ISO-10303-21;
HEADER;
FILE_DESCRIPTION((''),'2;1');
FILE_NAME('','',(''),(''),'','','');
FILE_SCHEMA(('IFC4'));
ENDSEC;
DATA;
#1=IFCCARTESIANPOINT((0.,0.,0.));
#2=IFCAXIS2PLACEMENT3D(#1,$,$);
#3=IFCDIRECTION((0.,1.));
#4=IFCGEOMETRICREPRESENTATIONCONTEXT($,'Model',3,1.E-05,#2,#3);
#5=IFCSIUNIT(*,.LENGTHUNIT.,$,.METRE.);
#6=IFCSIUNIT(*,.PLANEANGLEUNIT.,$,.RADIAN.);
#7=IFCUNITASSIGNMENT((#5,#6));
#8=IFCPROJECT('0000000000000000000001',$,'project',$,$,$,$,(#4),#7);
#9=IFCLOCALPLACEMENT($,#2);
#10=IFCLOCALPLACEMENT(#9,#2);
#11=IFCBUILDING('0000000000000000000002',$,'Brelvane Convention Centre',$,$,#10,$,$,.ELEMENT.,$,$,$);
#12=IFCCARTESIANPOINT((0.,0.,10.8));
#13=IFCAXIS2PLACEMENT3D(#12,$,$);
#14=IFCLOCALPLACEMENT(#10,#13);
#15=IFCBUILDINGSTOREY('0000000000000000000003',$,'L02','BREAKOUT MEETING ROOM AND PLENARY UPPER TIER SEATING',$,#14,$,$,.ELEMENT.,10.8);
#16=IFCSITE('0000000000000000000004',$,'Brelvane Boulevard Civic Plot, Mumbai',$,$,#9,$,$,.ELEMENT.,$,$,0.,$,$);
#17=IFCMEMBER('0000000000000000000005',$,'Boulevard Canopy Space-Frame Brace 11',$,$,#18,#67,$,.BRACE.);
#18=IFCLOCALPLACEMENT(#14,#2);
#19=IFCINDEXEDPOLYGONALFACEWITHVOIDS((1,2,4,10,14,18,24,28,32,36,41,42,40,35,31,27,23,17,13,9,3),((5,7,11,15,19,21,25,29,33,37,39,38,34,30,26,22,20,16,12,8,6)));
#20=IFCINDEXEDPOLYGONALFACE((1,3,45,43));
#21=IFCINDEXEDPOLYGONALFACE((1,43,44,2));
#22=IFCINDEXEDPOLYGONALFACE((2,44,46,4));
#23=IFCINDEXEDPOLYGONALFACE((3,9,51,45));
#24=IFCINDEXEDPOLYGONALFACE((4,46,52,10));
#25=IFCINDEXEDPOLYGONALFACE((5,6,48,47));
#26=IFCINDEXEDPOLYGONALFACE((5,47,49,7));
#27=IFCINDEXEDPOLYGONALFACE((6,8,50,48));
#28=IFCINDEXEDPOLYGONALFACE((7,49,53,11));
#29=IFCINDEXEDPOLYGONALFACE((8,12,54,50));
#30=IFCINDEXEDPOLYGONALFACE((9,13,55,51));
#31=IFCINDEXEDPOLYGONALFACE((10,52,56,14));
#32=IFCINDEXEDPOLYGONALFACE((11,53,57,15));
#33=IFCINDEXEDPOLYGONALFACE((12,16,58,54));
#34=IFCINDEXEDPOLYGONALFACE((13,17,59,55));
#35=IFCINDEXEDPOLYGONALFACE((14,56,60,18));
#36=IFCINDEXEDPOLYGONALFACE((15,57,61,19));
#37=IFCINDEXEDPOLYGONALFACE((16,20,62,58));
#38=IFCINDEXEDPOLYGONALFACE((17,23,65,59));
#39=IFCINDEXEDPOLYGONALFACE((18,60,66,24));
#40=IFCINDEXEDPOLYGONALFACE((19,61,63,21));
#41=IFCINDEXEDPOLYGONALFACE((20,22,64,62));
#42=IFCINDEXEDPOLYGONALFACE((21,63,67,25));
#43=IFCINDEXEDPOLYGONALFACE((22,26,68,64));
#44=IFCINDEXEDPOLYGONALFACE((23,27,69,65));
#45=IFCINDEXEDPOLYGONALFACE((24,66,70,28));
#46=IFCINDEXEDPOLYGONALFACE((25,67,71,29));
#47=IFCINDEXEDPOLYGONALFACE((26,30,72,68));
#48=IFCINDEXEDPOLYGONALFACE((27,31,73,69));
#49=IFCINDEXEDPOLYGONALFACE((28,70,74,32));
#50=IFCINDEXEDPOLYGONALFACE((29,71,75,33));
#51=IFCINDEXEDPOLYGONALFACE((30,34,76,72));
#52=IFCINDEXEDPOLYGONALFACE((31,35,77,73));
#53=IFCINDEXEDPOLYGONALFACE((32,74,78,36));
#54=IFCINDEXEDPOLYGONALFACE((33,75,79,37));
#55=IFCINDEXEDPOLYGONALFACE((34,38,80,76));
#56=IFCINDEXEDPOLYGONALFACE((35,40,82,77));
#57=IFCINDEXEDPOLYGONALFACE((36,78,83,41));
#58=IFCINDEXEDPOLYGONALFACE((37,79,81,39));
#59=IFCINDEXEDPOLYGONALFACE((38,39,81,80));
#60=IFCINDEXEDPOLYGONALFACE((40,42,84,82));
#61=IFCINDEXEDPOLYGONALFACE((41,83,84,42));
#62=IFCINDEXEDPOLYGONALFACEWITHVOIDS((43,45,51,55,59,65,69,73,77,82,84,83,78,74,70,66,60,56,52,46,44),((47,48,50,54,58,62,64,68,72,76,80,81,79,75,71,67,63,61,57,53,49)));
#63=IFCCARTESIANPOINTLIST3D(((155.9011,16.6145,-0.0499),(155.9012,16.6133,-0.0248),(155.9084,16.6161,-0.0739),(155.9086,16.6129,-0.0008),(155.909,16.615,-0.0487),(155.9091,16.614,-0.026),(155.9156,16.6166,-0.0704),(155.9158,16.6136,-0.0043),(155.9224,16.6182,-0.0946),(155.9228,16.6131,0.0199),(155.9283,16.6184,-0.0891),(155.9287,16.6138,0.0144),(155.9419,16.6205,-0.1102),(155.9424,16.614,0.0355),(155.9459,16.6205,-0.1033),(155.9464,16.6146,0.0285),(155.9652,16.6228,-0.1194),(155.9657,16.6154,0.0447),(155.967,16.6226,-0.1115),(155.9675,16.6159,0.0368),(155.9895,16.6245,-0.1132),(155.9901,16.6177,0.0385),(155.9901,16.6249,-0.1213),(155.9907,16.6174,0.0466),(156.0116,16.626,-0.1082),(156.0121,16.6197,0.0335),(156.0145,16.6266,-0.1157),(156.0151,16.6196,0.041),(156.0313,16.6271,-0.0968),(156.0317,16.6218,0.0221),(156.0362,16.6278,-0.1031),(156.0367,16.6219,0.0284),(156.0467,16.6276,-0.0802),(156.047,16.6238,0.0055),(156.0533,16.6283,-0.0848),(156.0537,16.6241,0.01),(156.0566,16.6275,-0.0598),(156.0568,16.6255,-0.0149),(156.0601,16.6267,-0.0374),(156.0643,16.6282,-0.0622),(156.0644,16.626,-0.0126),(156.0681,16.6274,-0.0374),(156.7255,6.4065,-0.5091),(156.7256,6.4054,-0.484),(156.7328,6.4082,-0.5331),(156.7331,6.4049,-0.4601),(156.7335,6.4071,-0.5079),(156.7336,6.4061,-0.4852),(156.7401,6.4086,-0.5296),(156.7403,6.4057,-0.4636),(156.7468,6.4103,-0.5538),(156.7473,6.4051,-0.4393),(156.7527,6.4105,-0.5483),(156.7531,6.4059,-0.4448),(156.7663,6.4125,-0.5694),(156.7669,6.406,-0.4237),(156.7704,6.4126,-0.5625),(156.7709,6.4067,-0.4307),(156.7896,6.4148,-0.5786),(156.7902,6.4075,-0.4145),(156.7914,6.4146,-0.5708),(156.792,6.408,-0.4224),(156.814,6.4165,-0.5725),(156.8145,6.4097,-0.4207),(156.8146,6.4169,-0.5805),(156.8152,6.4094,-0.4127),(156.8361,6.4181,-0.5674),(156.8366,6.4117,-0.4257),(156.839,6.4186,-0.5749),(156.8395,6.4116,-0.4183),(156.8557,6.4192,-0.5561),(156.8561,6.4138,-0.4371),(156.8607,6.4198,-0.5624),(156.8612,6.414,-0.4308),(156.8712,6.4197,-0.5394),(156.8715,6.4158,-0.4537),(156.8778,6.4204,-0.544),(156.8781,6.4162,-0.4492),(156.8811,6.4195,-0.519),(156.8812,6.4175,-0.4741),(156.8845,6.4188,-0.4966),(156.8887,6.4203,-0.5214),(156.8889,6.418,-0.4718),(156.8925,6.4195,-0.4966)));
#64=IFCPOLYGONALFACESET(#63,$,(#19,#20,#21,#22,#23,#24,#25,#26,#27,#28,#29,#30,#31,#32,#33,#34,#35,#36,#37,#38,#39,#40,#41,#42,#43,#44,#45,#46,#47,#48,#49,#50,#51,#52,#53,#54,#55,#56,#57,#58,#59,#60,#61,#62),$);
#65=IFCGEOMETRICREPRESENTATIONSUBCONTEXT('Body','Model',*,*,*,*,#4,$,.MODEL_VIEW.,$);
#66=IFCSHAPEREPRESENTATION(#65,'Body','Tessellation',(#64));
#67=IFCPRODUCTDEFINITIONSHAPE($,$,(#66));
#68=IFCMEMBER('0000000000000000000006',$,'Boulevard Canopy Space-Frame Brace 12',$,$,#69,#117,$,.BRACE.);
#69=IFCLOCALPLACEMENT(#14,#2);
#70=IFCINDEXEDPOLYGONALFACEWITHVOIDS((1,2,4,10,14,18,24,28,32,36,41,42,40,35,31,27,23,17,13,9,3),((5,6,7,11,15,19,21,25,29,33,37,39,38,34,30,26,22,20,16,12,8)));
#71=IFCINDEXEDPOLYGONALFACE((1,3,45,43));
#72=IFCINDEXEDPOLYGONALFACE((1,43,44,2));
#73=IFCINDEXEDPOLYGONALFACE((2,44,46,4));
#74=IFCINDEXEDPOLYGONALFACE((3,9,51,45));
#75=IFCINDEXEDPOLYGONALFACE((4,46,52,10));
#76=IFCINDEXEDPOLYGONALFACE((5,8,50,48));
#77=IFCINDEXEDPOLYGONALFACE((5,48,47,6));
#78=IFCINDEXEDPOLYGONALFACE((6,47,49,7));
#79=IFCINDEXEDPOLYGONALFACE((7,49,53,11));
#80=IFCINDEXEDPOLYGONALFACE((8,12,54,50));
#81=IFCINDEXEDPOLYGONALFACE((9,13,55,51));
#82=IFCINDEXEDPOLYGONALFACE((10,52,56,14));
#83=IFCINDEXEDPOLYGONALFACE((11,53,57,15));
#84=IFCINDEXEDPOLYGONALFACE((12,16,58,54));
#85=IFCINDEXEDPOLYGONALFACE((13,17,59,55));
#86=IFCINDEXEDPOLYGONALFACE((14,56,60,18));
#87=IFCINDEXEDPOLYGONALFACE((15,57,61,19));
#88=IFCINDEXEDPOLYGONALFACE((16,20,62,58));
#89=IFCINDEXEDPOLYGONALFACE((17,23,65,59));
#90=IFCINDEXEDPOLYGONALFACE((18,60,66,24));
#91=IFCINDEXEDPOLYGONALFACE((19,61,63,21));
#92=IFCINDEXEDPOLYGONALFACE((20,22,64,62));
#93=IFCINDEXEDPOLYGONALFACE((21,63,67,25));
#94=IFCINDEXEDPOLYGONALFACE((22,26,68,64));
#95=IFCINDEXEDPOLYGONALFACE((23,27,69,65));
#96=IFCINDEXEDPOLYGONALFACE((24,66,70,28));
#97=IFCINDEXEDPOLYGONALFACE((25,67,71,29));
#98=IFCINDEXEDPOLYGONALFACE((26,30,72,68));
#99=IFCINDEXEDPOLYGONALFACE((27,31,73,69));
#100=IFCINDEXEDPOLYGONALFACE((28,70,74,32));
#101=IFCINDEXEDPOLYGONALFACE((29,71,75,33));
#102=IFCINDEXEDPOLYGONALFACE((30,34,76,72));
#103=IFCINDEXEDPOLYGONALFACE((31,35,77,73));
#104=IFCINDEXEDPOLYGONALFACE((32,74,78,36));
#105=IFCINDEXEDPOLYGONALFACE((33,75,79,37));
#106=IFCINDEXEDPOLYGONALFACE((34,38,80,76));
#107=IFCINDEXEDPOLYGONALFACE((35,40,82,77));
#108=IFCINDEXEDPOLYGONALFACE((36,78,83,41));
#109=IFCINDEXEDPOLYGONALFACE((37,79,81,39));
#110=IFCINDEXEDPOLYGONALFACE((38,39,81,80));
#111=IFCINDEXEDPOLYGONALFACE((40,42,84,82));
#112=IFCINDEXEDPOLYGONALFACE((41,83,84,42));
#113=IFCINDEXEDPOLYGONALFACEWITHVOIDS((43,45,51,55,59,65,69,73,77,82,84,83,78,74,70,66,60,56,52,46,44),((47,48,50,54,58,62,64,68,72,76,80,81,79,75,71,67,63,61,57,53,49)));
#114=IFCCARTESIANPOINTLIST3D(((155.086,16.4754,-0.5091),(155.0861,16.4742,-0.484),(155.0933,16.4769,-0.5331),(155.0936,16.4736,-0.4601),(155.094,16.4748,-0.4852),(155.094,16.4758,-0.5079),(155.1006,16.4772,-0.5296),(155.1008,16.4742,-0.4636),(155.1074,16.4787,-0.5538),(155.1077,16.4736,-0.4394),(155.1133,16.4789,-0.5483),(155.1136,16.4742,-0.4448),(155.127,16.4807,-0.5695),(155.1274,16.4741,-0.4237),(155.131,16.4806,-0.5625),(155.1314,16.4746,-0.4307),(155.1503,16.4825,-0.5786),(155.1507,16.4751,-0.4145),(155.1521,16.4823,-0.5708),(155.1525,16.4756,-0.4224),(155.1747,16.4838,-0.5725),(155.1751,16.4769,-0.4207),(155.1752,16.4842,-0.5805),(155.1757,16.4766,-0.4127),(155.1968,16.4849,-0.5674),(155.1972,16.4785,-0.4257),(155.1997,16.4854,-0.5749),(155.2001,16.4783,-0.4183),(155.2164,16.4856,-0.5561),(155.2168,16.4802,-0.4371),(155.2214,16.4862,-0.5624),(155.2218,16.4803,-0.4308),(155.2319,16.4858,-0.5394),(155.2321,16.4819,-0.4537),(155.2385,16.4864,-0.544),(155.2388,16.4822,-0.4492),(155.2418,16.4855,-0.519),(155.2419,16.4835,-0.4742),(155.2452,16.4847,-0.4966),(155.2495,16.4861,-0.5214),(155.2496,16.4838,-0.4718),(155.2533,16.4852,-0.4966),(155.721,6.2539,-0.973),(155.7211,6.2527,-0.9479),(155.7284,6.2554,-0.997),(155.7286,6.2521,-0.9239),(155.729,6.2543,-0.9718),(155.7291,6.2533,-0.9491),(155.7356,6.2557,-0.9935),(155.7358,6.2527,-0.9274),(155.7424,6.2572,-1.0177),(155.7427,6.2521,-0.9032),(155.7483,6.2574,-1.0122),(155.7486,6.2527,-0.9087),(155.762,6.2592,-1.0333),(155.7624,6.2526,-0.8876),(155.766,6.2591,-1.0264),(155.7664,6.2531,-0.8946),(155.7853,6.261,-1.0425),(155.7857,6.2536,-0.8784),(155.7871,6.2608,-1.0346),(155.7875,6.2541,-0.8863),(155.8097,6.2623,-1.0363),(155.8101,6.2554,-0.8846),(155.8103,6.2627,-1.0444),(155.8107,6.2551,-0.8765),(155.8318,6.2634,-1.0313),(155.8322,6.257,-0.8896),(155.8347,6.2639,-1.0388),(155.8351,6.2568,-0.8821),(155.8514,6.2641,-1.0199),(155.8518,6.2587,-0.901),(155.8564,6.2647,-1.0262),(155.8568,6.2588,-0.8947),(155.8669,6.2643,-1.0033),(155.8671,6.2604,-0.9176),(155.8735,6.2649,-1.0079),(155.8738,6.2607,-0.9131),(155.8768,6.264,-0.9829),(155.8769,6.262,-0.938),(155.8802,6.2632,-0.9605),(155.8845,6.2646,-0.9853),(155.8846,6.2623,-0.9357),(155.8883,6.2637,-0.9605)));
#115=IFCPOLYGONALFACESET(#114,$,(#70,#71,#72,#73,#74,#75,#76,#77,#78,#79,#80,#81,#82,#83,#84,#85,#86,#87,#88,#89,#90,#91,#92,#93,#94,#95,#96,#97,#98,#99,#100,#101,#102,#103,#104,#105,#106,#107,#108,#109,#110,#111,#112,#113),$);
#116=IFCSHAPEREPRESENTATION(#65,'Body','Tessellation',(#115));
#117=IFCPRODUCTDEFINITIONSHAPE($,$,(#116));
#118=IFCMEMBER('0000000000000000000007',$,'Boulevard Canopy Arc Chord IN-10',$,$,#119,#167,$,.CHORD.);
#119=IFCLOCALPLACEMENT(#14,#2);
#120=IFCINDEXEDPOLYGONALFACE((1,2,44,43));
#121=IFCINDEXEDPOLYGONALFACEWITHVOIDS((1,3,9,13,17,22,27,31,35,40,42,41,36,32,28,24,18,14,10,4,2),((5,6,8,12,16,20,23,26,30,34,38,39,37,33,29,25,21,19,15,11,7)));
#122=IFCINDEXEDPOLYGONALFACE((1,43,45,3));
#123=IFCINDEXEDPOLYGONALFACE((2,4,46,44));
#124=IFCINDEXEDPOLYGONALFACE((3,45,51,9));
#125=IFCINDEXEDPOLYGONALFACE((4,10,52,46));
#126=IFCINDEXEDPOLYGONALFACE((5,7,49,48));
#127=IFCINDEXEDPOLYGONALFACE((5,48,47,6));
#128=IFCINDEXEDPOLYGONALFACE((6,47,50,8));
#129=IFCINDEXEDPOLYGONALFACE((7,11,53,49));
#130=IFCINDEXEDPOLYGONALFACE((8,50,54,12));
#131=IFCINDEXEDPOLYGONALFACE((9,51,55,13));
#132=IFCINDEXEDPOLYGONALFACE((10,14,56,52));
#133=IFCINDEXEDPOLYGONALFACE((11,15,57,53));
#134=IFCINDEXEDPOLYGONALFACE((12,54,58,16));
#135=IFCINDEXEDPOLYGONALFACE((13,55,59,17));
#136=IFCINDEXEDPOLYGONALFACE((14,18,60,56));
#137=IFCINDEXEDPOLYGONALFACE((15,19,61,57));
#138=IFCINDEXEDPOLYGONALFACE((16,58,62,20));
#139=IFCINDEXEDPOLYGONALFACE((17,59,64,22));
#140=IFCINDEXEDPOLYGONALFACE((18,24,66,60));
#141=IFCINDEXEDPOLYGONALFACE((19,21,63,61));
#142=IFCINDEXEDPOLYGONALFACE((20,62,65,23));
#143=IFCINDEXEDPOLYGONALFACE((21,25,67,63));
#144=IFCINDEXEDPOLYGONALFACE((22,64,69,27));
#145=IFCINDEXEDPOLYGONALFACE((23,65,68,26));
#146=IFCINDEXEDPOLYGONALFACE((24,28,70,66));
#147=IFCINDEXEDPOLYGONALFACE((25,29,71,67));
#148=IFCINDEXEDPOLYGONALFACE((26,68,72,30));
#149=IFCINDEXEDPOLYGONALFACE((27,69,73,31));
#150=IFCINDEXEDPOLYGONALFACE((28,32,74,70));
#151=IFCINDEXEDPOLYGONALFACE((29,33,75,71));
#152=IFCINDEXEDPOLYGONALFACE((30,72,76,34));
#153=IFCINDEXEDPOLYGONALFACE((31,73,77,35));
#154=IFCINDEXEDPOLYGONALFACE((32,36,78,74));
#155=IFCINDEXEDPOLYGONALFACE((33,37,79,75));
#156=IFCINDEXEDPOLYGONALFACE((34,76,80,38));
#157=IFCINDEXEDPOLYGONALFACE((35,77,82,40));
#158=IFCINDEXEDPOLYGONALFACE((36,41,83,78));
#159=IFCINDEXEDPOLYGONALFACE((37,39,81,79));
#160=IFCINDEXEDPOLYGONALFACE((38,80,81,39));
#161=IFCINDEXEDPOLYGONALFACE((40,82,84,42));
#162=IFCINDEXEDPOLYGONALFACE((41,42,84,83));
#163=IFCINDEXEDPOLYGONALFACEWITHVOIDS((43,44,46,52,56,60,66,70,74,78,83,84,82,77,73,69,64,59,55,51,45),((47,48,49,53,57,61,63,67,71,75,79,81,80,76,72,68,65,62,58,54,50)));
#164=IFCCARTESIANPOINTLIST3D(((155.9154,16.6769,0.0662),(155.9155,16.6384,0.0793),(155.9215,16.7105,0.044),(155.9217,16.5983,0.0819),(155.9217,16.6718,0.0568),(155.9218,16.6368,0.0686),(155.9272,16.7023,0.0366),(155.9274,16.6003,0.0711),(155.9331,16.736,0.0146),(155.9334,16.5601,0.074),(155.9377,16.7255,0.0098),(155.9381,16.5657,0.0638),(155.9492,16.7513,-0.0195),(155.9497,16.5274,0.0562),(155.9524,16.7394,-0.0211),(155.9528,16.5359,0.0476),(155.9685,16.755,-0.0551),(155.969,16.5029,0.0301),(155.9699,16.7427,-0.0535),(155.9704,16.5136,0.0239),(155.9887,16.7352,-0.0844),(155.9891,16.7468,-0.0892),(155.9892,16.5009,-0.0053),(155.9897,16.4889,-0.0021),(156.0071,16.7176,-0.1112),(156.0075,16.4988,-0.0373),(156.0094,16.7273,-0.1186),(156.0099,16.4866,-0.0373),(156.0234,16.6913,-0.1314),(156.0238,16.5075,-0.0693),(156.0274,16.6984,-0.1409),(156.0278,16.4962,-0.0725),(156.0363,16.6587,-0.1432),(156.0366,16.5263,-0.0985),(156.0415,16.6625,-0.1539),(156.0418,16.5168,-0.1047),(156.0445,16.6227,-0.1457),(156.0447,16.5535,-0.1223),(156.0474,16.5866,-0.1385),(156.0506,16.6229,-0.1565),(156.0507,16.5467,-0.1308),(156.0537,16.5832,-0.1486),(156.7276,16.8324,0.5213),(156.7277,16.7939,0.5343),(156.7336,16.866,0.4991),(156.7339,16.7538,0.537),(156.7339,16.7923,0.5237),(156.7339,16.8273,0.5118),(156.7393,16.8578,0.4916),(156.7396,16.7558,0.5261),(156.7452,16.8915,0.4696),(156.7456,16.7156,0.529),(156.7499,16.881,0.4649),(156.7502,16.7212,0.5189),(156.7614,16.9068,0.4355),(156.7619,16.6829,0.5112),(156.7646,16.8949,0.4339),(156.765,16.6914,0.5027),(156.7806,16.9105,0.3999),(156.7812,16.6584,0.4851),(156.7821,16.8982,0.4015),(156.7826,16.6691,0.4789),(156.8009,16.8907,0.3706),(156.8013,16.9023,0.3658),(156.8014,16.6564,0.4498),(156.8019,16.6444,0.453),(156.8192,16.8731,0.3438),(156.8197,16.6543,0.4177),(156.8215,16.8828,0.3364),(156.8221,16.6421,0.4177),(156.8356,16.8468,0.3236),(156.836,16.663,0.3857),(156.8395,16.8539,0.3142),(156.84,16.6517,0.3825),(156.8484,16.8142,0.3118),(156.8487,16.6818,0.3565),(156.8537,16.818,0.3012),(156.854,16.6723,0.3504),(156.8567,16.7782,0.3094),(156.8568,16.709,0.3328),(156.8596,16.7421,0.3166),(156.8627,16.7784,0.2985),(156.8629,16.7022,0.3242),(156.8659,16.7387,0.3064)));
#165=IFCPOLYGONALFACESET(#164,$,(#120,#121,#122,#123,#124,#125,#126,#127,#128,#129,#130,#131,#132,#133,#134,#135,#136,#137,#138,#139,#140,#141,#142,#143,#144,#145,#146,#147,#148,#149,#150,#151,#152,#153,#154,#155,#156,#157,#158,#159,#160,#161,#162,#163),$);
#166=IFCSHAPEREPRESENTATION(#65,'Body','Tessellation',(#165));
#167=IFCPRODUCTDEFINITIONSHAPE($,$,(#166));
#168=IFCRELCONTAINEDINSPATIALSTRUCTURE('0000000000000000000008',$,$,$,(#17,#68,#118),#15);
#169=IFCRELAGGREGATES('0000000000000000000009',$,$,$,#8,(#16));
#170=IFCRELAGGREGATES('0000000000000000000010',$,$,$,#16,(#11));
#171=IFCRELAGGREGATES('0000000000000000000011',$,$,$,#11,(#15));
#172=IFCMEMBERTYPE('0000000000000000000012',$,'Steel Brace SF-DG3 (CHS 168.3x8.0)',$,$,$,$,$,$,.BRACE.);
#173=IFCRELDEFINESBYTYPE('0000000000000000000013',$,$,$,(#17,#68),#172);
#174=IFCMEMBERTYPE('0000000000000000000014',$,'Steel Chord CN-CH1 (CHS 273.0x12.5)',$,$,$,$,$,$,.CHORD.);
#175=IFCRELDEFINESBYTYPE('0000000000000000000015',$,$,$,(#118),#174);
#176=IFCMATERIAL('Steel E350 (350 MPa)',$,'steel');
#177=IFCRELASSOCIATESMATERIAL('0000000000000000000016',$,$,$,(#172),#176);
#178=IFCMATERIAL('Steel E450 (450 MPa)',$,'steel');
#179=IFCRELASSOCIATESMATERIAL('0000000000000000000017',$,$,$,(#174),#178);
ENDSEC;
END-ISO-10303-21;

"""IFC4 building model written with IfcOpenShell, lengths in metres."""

from ifc_helpers import new_model, si_unit, direction, frame, origin, origin_2d, place, context, subcontext, project, spatial, hollow_circle, extrude, material, material_profile, profile_set, type_object, element, save


model = new_model("IFC4")

# Units and contexts
model_context = context("Model", 3, precision=1e-05, world=origin(), true_north=direction((0.0, 1.0)))
body_context = subcontext(model_context, "Body", "Model", "MODEL_VIEW")
ifc_project = project(units=[si_unit("LENGTHUNIT", "METRE"), si_unit("PLANEANGLEUNIT", "RADIAN")], contexts=[model_context])

# Site, building, storey
site_placement = place(None, origin())
site = spatial("IfcSite", under=ifc_project, at=site_placement, Name="Brelvane Boulevard Civic Plot, Mumbai", CompositionType="ELEMENT", RefElevation=0.0)
building_placement = place(site_placement, origin())
building = spatial("IfcBuilding", under=site, at=building_placement, Name="Brelvane Convention Centre", CompositionType="ELEMENT")
storey_placement = place(building_placement, frame((0.0, 0.0, 10.8)))
storey = spatial("IfcBuildingStorey", under=building, at=storey_placement, Name="L02", Description="BREAKOUT MEETING ROOM AND PLENARY UPPER TIER SEATING", CompositionType="ELEMENT", Elevation=10.8)

# Members
ifc_material_1 = material(Name="Steel E350 (350 MPa)", Category="steel")
ifc_material_profile_1 = material_profile(ifc_material_1, hollow_circle(Radius=0.0842, WallThickness=0.0081, at=origin_2d()), Name="CHS 168.3x8.0")
ifc_profile_set_1 = profile_set([ifc_material_profile_1], Name="Steel E350 (350 MPa)")
member_type_1 = type_object("IfcMemberType", Name="Steel Brace SF-DG3 (CHS 168.3x8.0)", PredefinedType="BRACE", material=ifc_profile_set_1)
member_1_placement = place(storey_placement, frame((155.9841, 16.6206, -0.0374), z_axis=(0.080423, -0.995754, -0.044796), x_axis=(0.996754, 0.080504, 0.0)))
element("IfcMember", 1, at=member_1_placement, inside=storey, type_object=member_type_1, Name="Boulevard Canopy Space-Frame Brace 11", PredefinedType="BRACE", context=body_context, shape_type="SweptSolid", body=[
    extrude(hollow_circle(Radius=0.0842, WallThickness=0.0081, at=origin_2d()), origin(), (0.0, 0.0, 1.0), 10.2515),
])
member_2_placement = place(storey_placement, frame((155.1692, 16.48, -0.4966), z_axis=(0.061942, -0.997054, -0.045248), x_axis=(0.998076, 0.062006, 0.0)))
element("IfcMember", 2, at=member_2_placement, inside=storey, type_object=member_type_1, Name="Boulevard Canopy Space-Frame Brace 12", PredefinedType="BRACE", context=body_context, shape_type="SweptSolid", body=[
    extrude(hollow_circle(Radius=0.0842, WallThickness=0.0081, at=origin_2d()), origin(), (0.0, 0.0, 1.0), 10.2517),
])
ifc_material_2 = material(Name="Steel E450 (450 MPa)", Category="steel")
ifc_material_profile_2 = material_profile(ifc_material_2, hollow_circle(Radius=0.1365, WallThickness=0.0125, at=origin_2d()), Name="CHS 273.0x12.5")
ifc_profile_set_2 = profile_set([ifc_material_profile_2], Name="Steel E450 (450 MPa)")
member_type_2 = type_object("IfcMemberType", Name="Steel Chord CN-CH1 (CHS 273.0x12.5)", PredefinedType="CHORD", material=ifc_profile_set_2)
member_3_placement = place(storey_placement, frame((156.7964, 16.7761, 0.4177), z_axis=(-0.860486, -0.164752, -0.4821), x_axis=(0.188048, -0.98216, 0.0)))
element("IfcMember", 3, at=member_3_placement, inside=storey, type_object=member_type_2, Name="Boulevard Canopy Arc Chord IN-10", PredefinedType="CHORD", context=body_context, shape_type="SweptSolid", body=[
    extrude(hollow_circle(Radius=0.1365, WallThickness=0.0125, at=origin_2d()), origin(), (0.0, 0.0, 1.0), 0.9438),
])

save(model, "model.ifc")
